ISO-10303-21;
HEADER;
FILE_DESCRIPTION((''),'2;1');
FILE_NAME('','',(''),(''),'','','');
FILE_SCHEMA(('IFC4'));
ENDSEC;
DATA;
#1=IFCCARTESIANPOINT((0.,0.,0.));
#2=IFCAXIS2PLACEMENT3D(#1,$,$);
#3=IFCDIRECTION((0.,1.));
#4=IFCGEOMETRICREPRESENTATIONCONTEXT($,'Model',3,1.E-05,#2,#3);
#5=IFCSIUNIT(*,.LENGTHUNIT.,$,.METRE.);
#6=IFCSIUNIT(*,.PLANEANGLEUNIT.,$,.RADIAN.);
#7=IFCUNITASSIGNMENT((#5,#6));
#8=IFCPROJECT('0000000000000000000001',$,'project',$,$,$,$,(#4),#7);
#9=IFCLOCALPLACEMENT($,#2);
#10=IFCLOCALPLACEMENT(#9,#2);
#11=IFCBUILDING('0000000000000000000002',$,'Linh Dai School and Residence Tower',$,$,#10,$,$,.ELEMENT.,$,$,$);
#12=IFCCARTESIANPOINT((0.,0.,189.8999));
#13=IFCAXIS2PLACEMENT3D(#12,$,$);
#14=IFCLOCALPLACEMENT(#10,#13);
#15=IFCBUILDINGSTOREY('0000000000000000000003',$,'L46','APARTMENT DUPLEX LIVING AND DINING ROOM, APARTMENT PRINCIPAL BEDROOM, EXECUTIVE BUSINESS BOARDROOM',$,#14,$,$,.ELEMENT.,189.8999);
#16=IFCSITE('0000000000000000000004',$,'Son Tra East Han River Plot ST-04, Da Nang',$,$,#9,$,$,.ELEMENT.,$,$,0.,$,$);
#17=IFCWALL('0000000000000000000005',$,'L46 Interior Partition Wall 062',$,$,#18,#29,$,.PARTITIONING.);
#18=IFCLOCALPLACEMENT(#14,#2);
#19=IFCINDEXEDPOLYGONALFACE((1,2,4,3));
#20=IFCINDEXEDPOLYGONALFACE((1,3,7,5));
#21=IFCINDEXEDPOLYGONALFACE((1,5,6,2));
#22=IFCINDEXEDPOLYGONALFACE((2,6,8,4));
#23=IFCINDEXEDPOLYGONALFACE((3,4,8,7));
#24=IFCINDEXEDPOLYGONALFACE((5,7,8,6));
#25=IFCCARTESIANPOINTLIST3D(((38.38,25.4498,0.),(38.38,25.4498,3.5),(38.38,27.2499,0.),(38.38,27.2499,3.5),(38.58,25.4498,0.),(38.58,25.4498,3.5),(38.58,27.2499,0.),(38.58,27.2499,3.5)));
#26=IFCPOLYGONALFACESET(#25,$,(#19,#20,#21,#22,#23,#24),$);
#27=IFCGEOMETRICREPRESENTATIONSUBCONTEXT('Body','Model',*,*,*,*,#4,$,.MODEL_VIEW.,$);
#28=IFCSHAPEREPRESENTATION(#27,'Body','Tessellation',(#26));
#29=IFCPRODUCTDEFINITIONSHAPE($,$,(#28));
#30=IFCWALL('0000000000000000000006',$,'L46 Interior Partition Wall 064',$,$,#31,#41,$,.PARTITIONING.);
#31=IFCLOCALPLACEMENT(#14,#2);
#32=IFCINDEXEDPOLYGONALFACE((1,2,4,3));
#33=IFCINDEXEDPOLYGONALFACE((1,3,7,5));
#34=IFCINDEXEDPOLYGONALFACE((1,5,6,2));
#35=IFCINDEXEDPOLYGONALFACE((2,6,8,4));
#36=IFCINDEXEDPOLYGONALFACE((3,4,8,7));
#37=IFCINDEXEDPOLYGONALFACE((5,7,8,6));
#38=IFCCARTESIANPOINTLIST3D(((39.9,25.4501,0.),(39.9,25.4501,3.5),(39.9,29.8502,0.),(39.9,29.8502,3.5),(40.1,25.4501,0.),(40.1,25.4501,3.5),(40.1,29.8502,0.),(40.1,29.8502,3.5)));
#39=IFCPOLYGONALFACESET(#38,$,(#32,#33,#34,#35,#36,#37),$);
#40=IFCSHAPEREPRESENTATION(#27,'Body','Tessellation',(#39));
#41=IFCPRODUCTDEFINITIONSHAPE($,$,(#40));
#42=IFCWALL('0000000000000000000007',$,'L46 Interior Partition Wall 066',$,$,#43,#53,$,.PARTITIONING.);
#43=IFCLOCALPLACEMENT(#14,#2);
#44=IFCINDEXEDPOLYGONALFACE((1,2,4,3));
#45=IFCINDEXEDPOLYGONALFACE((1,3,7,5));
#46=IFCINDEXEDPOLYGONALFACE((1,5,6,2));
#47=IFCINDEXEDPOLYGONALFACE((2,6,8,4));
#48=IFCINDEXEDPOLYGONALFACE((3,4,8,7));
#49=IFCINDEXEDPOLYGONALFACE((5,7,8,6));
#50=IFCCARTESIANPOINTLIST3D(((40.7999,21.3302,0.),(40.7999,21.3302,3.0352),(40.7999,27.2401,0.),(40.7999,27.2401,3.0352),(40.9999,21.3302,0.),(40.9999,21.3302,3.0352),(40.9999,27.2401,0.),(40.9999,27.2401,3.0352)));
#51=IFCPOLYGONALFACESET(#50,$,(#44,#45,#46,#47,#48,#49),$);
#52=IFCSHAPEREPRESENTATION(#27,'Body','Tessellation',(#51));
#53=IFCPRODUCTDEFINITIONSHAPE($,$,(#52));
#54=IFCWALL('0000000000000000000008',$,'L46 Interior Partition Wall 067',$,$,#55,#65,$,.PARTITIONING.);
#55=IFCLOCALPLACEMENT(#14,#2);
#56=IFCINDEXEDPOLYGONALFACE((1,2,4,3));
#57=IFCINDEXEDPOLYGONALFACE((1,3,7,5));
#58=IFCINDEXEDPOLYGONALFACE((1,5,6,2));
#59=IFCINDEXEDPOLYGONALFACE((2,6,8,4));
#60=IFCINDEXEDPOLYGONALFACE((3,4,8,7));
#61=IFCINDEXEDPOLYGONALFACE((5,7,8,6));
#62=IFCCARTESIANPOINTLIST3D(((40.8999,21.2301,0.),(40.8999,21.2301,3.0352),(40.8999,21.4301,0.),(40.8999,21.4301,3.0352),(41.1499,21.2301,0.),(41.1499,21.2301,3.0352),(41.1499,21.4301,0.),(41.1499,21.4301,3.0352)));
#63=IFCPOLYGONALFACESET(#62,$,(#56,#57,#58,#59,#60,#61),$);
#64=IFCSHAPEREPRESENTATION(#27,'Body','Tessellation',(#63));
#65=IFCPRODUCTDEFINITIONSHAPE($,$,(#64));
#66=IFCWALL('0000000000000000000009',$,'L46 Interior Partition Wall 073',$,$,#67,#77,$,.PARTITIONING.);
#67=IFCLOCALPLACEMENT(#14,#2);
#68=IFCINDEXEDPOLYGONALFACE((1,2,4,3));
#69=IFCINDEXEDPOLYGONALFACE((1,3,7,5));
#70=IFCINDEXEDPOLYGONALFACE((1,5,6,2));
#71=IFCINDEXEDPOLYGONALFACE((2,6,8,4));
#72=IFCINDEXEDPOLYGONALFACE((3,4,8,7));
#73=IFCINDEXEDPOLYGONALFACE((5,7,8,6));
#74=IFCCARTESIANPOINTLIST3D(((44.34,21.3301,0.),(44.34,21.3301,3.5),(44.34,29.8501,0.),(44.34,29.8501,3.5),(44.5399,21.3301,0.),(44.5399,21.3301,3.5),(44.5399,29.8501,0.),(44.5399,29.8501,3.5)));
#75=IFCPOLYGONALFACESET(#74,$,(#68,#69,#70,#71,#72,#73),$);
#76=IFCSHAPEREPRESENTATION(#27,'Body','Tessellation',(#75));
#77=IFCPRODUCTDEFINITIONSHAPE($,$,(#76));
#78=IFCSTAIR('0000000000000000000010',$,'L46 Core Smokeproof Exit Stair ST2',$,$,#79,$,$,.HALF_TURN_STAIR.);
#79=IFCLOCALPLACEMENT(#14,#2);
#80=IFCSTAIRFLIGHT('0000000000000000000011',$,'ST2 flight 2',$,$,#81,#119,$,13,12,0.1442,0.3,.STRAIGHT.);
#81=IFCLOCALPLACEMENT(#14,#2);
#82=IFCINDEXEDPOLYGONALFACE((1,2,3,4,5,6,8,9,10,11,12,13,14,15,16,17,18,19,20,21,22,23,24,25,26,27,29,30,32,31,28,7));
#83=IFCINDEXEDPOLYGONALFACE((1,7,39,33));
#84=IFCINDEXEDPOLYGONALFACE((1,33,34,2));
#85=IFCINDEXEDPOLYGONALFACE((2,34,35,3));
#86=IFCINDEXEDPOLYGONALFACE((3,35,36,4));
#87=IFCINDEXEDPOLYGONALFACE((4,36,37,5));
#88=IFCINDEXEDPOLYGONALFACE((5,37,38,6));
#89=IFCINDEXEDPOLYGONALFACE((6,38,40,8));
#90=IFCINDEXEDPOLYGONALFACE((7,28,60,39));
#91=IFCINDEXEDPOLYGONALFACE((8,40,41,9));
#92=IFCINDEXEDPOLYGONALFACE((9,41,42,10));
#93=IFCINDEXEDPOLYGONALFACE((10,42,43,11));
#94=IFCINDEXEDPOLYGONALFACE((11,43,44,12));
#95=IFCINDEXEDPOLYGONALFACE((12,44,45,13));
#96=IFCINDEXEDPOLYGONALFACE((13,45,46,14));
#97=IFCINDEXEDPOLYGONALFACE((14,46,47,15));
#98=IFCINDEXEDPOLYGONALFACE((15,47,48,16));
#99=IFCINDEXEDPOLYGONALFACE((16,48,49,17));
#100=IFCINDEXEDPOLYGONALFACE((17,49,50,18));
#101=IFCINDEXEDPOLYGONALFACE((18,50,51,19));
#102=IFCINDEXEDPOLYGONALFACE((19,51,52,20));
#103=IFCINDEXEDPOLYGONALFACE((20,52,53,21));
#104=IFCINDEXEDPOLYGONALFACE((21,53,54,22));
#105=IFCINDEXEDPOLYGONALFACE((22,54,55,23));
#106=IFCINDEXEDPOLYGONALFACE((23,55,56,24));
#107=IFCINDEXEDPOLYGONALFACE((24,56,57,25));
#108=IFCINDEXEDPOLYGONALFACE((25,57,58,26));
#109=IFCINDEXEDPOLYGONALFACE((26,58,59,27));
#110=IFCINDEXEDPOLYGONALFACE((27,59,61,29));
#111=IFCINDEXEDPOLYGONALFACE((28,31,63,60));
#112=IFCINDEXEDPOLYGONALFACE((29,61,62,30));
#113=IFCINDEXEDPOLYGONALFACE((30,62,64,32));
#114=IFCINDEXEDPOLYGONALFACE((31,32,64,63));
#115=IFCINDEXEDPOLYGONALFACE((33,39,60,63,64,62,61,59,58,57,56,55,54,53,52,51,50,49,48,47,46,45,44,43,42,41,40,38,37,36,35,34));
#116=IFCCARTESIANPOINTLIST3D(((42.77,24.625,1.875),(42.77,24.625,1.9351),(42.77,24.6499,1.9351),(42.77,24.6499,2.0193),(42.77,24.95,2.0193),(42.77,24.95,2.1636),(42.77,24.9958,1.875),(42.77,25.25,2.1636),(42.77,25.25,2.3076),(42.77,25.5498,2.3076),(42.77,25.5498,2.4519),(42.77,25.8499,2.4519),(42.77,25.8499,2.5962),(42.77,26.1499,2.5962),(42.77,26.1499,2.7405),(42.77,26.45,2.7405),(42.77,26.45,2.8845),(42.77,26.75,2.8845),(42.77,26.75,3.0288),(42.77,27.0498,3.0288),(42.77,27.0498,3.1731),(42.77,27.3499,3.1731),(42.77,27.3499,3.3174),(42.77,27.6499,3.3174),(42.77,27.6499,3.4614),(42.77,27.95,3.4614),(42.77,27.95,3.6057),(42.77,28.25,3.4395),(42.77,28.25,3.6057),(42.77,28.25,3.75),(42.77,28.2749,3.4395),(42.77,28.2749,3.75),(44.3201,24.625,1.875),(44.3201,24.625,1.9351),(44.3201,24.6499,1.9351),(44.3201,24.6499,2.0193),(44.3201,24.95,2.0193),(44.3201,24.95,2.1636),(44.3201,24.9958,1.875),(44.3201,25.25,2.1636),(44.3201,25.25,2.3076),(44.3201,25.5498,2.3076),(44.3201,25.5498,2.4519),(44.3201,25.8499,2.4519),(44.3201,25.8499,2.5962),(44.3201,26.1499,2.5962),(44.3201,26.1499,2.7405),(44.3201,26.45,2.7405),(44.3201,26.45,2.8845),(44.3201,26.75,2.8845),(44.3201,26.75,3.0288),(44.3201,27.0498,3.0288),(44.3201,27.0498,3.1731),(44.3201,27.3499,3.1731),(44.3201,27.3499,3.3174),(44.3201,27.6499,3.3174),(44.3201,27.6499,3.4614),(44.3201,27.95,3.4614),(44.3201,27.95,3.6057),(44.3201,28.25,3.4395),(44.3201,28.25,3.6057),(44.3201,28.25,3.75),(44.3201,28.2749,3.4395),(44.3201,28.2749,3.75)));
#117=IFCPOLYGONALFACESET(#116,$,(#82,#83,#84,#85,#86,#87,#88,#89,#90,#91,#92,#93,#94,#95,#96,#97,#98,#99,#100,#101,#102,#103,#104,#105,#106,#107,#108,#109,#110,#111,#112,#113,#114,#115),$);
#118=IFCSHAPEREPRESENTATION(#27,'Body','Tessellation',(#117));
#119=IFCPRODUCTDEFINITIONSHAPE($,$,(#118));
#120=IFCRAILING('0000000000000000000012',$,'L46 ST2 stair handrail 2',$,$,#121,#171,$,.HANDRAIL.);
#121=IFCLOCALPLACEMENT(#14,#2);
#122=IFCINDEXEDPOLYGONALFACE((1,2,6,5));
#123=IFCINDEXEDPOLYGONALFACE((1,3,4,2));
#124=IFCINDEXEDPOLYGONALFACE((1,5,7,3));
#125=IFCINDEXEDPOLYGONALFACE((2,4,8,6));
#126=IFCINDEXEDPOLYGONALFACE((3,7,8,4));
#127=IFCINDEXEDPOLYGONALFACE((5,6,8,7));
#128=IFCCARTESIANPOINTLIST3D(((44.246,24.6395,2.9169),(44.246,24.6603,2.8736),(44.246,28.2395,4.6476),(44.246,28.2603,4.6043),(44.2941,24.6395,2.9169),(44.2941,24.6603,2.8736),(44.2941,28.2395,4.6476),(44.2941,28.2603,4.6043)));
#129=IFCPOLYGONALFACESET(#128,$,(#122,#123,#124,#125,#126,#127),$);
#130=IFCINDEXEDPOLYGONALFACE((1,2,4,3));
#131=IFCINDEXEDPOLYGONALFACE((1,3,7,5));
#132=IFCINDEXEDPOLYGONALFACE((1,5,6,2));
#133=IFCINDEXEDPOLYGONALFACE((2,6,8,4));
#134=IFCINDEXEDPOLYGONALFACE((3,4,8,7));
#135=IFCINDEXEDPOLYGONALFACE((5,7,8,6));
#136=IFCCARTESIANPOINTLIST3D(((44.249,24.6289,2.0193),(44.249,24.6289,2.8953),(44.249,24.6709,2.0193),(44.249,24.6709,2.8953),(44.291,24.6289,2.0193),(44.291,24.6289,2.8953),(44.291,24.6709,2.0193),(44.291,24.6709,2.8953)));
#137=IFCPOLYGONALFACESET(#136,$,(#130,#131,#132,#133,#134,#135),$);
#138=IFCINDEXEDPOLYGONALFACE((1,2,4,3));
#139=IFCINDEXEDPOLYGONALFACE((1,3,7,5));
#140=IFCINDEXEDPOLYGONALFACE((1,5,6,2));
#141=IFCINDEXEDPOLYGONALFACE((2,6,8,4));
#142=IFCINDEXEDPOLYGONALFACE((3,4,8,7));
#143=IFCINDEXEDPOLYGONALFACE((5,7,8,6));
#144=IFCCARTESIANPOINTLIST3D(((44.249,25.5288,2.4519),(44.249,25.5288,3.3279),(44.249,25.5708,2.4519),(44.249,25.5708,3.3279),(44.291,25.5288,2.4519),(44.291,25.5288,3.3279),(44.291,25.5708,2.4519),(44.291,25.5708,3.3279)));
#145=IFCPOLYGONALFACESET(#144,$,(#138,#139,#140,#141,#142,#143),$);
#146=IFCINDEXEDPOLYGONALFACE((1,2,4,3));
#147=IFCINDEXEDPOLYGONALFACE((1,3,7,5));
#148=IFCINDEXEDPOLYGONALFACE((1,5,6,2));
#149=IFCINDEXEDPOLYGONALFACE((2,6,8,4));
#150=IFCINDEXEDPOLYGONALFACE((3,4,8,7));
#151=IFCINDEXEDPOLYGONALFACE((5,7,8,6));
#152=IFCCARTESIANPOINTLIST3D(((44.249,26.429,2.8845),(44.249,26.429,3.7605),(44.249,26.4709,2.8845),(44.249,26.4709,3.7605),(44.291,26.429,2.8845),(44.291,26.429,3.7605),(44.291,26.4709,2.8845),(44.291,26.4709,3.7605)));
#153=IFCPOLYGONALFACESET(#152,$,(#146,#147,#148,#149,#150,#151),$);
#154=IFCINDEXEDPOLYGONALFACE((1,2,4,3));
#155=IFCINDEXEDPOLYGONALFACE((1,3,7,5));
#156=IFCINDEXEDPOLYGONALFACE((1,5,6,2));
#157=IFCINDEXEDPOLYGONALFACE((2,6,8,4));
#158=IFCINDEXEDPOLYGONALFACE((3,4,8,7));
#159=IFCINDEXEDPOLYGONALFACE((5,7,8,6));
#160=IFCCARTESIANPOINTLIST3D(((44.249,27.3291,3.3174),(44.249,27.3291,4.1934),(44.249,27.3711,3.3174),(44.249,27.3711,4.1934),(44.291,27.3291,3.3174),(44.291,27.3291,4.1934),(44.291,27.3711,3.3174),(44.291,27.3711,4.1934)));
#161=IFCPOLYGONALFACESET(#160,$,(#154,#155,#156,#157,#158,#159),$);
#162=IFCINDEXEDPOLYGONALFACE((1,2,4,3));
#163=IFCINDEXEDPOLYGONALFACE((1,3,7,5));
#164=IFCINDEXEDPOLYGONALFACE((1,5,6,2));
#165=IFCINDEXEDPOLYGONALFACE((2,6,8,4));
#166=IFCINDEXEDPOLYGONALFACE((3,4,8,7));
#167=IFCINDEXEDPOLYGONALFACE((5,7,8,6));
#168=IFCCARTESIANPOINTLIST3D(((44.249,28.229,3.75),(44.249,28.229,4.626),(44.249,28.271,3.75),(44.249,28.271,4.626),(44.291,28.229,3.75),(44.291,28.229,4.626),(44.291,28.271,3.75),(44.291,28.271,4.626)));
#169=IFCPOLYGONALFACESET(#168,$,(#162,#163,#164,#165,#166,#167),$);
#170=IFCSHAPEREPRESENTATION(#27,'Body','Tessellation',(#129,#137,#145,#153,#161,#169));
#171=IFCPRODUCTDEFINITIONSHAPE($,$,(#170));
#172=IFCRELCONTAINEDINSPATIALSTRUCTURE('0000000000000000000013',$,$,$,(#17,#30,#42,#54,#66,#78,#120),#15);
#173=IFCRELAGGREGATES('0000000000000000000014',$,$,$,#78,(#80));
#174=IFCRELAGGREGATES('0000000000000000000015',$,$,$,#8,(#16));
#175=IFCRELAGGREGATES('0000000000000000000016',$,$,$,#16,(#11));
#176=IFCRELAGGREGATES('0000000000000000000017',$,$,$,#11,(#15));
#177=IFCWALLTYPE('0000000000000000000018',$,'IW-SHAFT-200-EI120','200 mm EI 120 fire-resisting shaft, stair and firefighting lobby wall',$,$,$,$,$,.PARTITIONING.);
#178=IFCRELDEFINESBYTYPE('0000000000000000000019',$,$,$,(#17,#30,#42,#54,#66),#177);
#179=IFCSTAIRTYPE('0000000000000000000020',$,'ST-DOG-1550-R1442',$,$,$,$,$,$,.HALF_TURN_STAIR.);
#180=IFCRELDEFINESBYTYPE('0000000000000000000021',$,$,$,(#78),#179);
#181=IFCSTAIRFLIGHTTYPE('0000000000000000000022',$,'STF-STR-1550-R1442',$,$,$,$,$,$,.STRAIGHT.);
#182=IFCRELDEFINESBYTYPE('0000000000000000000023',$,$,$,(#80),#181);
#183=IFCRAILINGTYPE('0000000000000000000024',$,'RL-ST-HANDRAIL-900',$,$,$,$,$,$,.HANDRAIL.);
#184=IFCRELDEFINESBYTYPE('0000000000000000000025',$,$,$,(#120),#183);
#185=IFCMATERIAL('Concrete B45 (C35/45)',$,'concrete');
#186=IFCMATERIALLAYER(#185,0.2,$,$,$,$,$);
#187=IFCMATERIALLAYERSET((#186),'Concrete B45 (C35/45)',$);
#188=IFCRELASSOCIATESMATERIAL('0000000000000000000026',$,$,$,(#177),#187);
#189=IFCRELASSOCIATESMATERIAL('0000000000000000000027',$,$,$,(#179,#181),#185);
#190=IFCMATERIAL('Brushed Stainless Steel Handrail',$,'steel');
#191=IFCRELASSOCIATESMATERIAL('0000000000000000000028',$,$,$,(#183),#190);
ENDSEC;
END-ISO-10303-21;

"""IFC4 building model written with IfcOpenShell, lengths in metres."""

from ifc_helpers import new_model, si_unit, direction, frame, frame_2d, origin, origin_2d, place, context, subcontext, project, spatial, polyline, rectangle, outline, extrude, source, transform, mapped, material, layer, layer_set, type_object, element, aggregate, save


model = new_model("IFC4")

# Units and contexts
model_context = context("Model", 3, precision=1e-05, world=origin(), true_north=direction((0.0, 1.0)))
body_context = subcontext(model_context, "Body", "Model", "MODEL_VIEW")
ifc_project = project(units=[si_unit("LENGTHUNIT", "METRE"), si_unit("PLANEANGLEUNIT", "RADIAN")], contexts=[model_context])

# Site, building, storey
site_placement = place(None, origin())
site = spatial("IfcSite", under=ifc_project, at=site_placement, Name="Son Tra East Han River Plot ST-04, Da Nang", CompositionType="ELEMENT", RefElevation=0.0)
building_placement = place(site_placement, origin())
building = spatial("IfcBuilding", under=site, at=building_placement, Name="Linh Dai School and Residence Tower", CompositionType="ELEMENT")
storey_placement = place(building_placement, frame((0.0, 0.0, 189.8999)))
storey = spatial("IfcBuildingStorey", under=building, at=storey_placement, Name="L46", Description="APARTMENT DUPLEX LIVING AND DINING ROOM, APARTMENT PRINCIPAL BEDROOM, EXECUTIVE BUSINESS BOARDROOM", CompositionType="ELEMENT", Elevation=189.8999)

# Walls
ifc_material_1 = material(Name="Concrete B45 (C35/45)", Category="concrete")
ifc_layer_1 = layer(ifc_material_1, 0.2)
ifc_layer_set_1 = layer_set([ifc_layer_1], Name="Concrete B45 (C35/45)")
wall_type_1 = type_object("IfcWallType", Name="IW-SHAFT-200-EI120", Description="200 mm EI 120 fire-resisting shaft, stair and firefighting lobby wall", PredefinedType="PARTITIONING", material=ifc_layer_set_1)
for number, where, z_axis, x_axis, name in (
    (1, (38.48, 25.45, 0.0), (0.0, 0.0, 1.0), (0.0, 1.0, 0.0), "L46 Interior Partition Wall 062"),
):
    element("IfcWall", number, at=place(storey_placement, frame(where, z_axis=z_axis, x_axis=x_axis)), inside=storey, type_object=wall_type_1, Name=name, PredefinedType="PARTITIONING", context=body_context, shape_type="SweptSolid", body=[
        extrude(rectangle(XDim=1.8, YDim=0.2, at=frame_2d((0.8999, 0.0))), origin(), (0.0, 0.0, 1.0), 3.5),
    ])
wall_1_placement = place(storey_placement, frame((40.0, 25.45, 0.0), z_axis=(0.0, 0.0, 1.0), x_axis=(0.0, 1.0, 0.0)))
element("IfcWall", 2, at=wall_1_placement, inside=storey, type_object=wall_type_1, Name="L46 Interior Partition Wall 064", PredefinedType="PARTITIONING", context=body_context, shape_type="SweptSolid", body=[
    extrude(rectangle(XDim=4.4001, YDim=0.2, at=frame_2d((2.2002, 0.0))), origin(), (0.0, 0.0, 1.0), 3.5),
])
wall_2_placement = place(storey_placement, frame((40.8999, 21.3301, 0.0), z_axis=(0.0, 0.0, 1.0), x_axis=(0.0, 1.0, 0.0)))
element("IfcWall", 3, at=wall_2_placement, inside=storey, type_object=wall_type_1, Name="L46 Interior Partition Wall 066", PredefinedType="PARTITIONING", context=body_context, shape_type="SweptSolid", body=[
    extrude(rectangle(XDim=5.9099, YDim=0.2, at=frame_2d((2.9551, 0.0))), origin(), (0.0, 0.0, 1.0), 3.0352),
])
wall_3_placement = place(storey_placement, frame((40.8999, 21.3301, 0.0), z_axis=(0.0, 0.0, 1.0), x_axis=(1.0, 0.0, 0.0)))
element("IfcWall", 4, at=wall_3_placement, inside=storey, type_object=wall_type_1, Name="L46 Interior Partition Wall 067", PredefinedType="PARTITIONING", context=body_context, shape_type="SweptSolid", body=[
    extrude(rectangle(XDim=0.25, YDim=0.2, at=frame_2d((0.125, 0.0))), origin(), (0.0, 0.0, 1.0), 3.0352),
])
wall_4_placement = place(storey_placement, frame((44.4399, 21.3301, 0.0), z_axis=(0.0, 0.0, 1.0), x_axis=(0.0, 1.0, 0.0)))
element("IfcWall", 5, at=wall_4_placement, inside=storey, type_object=wall_type_1, Name="L46 Interior Partition Wall 073", PredefinedType="PARTITIONING", context=body_context, shape_type="SweptSolid", body=[
    extrude(rectangle(XDim=8.52, YDim=0.2, at=frame_2d((4.26, 0.0))), origin(), (0.0, 0.0, 1.0), 3.5),
])

# Stair, stair flight
stair_type = type_object("IfcStairType", Name="ST-DOG-1550-R1442", PredefinedType="HALF_TURN_STAIR", material=ifc_material_1)
stair_placement = place(storey_placement, origin())
stair = element("IfcStair", 6, at=stair_placement, inside=storey, type_object=stair_type, Name="L46 Core Smokeproof Exit Stair ST2", PredefinedType="HALF_TURN_STAIR")
stair_flight_type = type_object("IfcStairFlightType", Name="STF-STR-1550-R1442", PredefinedType="STRAIGHT", material=ifc_material_1)
shared_shape_1 = source(origin(), body_context, "Body", "SweptSolid", [
    extrude(outline(polyline([(-0.0249, 0.0), (-0.0249, 0.0601), (0.0, 0.0601), (0.0, 0.1443), (0.3, 0.1443), (0.3, 0.2886), (0.6001, 0.2886), (0.6001, 0.4326), (0.8999, 0.4326), (0.8999, 0.5769), (1.2, 0.5769), (1.2, 0.7212), (1.5, 0.7212), (1.5, 0.8655), (1.8, 0.8655), (1.8, 1.0095), (2.1001, 1.0095), (2.1001, 1.1538), (2.3999, 1.1538), (2.3999, 1.2981), (2.7, 1.2981), (2.7, 1.4424), (3.0, 1.4424), (3.0, 1.5864), (3.3, 1.5864), (3.3, 1.7307), (3.6001, 1.7307), (3.6001, 1.875), (3.625, 1.875), (3.625, 1.5645), (3.6001, 1.5645), (0.3459, 0.0), (-0.0249, 0.0)])), frame((0.0, 0.7749, 0.0), z_axis=(0.0, -1.0, 0.0), x_axis=(1.0, 0.0, 0.0)), (0.0, 0.0, 1.0), 1.55),
])
stair_flight_placement = place(storey_placement, frame((43.5449, 24.6499, 1.875), z_axis=(0.0, 0.0, 1.0), x_axis=(0.0, 1.0, 0.0)))
stair_flight = element("IfcStairFlight", 7, at=stair_flight_placement, type_object=stair_flight_type, Name="ST2 flight 2", NumberOfRisers=13, NumberOfTreads=12, PredefinedType="STRAIGHT", RiserHeight=0.1442, TreadLength=0.3, context=body_context, shape_type="MappedRepresentation", body=[
    mapped(shared_shape_1, transform((0.0, 0.0, 0.0), x_axis=(1.0, 0.0, 0.0), y_axis=(0.0, 1.0, 0.0), z_axis=(0.0, 0.0, 1.0), scale=1.0)),
])
aggregate(stair, [stair_flight])

# Railing
ifc_material_2 = material(Name="Brushed Stainless Steel Handrail", Category="steel")
railing_type_1 = type_object("IfcRailingType", Name="RL-ST-HANDRAIL-900", PredefinedType="HANDRAIL", material=ifc_material_2)
shared_shape_2 = source(origin(), body_context, "Body", "SweptSolid", [
    extrude(rectangle(XDim=0.0481, YDim=0.0481, at=origin_2d()), frame((0.0, 0.0, 0.876), z_axis=(0.0, 0.901263, 0.433273), x_axis=(-1.0, 0.0, 0.0)), (0.0, 0.0, 1.0), 3.9944),
    extrude(rectangle(XDim=0.042, YDim=0.042, at=origin_2d()), origin(), (0.0, 0.0, 1.0), 0.876),
    extrude(rectangle(XDim=0.042, YDim=0.042, at=origin_2d()), frame((0.0, 0.8999, 0.4326)), (0.0, 0.0, 1.0), 0.876),
    extrude(rectangle(XDim=0.042, YDim=0.042, at=origin_2d()), frame((0.0, 1.8, 0.8652)), (0.0, 0.0, 1.0), 0.876),
    extrude(rectangle(XDim=0.042, YDim=0.042, at=origin_2d()), frame((0.0, 2.7002, 1.2981)), (0.0, 0.0, 1.0), 0.876),
    extrude(rectangle(XDim=0.042, YDim=0.042, at=origin_2d()), frame((0.0, 3.6001, 1.7307)), (0.0, 0.0, 1.0), 0.876),
])
railing_1_placement = place(storey_placement, frame((44.27, 24.6499, 2.0193)))
element("IfcRailing", 8, at=railing_1_placement, inside=storey, type_object=railing_type_1, Name="L46 ST2 stair handrail 2", PredefinedType="HANDRAIL", context=body_context, shape_type="MappedRepresentation", body=[
    mapped(shared_shape_2, transform((0.0, 0.0, 0.0), x_axis=(1.0, 0.0, 0.0), y_axis=(0.0, 1.0, 0.0), z_axis=(0.0, 0.0, 1.0), scale=1.0)),
])

save(model, "model.ifc")
